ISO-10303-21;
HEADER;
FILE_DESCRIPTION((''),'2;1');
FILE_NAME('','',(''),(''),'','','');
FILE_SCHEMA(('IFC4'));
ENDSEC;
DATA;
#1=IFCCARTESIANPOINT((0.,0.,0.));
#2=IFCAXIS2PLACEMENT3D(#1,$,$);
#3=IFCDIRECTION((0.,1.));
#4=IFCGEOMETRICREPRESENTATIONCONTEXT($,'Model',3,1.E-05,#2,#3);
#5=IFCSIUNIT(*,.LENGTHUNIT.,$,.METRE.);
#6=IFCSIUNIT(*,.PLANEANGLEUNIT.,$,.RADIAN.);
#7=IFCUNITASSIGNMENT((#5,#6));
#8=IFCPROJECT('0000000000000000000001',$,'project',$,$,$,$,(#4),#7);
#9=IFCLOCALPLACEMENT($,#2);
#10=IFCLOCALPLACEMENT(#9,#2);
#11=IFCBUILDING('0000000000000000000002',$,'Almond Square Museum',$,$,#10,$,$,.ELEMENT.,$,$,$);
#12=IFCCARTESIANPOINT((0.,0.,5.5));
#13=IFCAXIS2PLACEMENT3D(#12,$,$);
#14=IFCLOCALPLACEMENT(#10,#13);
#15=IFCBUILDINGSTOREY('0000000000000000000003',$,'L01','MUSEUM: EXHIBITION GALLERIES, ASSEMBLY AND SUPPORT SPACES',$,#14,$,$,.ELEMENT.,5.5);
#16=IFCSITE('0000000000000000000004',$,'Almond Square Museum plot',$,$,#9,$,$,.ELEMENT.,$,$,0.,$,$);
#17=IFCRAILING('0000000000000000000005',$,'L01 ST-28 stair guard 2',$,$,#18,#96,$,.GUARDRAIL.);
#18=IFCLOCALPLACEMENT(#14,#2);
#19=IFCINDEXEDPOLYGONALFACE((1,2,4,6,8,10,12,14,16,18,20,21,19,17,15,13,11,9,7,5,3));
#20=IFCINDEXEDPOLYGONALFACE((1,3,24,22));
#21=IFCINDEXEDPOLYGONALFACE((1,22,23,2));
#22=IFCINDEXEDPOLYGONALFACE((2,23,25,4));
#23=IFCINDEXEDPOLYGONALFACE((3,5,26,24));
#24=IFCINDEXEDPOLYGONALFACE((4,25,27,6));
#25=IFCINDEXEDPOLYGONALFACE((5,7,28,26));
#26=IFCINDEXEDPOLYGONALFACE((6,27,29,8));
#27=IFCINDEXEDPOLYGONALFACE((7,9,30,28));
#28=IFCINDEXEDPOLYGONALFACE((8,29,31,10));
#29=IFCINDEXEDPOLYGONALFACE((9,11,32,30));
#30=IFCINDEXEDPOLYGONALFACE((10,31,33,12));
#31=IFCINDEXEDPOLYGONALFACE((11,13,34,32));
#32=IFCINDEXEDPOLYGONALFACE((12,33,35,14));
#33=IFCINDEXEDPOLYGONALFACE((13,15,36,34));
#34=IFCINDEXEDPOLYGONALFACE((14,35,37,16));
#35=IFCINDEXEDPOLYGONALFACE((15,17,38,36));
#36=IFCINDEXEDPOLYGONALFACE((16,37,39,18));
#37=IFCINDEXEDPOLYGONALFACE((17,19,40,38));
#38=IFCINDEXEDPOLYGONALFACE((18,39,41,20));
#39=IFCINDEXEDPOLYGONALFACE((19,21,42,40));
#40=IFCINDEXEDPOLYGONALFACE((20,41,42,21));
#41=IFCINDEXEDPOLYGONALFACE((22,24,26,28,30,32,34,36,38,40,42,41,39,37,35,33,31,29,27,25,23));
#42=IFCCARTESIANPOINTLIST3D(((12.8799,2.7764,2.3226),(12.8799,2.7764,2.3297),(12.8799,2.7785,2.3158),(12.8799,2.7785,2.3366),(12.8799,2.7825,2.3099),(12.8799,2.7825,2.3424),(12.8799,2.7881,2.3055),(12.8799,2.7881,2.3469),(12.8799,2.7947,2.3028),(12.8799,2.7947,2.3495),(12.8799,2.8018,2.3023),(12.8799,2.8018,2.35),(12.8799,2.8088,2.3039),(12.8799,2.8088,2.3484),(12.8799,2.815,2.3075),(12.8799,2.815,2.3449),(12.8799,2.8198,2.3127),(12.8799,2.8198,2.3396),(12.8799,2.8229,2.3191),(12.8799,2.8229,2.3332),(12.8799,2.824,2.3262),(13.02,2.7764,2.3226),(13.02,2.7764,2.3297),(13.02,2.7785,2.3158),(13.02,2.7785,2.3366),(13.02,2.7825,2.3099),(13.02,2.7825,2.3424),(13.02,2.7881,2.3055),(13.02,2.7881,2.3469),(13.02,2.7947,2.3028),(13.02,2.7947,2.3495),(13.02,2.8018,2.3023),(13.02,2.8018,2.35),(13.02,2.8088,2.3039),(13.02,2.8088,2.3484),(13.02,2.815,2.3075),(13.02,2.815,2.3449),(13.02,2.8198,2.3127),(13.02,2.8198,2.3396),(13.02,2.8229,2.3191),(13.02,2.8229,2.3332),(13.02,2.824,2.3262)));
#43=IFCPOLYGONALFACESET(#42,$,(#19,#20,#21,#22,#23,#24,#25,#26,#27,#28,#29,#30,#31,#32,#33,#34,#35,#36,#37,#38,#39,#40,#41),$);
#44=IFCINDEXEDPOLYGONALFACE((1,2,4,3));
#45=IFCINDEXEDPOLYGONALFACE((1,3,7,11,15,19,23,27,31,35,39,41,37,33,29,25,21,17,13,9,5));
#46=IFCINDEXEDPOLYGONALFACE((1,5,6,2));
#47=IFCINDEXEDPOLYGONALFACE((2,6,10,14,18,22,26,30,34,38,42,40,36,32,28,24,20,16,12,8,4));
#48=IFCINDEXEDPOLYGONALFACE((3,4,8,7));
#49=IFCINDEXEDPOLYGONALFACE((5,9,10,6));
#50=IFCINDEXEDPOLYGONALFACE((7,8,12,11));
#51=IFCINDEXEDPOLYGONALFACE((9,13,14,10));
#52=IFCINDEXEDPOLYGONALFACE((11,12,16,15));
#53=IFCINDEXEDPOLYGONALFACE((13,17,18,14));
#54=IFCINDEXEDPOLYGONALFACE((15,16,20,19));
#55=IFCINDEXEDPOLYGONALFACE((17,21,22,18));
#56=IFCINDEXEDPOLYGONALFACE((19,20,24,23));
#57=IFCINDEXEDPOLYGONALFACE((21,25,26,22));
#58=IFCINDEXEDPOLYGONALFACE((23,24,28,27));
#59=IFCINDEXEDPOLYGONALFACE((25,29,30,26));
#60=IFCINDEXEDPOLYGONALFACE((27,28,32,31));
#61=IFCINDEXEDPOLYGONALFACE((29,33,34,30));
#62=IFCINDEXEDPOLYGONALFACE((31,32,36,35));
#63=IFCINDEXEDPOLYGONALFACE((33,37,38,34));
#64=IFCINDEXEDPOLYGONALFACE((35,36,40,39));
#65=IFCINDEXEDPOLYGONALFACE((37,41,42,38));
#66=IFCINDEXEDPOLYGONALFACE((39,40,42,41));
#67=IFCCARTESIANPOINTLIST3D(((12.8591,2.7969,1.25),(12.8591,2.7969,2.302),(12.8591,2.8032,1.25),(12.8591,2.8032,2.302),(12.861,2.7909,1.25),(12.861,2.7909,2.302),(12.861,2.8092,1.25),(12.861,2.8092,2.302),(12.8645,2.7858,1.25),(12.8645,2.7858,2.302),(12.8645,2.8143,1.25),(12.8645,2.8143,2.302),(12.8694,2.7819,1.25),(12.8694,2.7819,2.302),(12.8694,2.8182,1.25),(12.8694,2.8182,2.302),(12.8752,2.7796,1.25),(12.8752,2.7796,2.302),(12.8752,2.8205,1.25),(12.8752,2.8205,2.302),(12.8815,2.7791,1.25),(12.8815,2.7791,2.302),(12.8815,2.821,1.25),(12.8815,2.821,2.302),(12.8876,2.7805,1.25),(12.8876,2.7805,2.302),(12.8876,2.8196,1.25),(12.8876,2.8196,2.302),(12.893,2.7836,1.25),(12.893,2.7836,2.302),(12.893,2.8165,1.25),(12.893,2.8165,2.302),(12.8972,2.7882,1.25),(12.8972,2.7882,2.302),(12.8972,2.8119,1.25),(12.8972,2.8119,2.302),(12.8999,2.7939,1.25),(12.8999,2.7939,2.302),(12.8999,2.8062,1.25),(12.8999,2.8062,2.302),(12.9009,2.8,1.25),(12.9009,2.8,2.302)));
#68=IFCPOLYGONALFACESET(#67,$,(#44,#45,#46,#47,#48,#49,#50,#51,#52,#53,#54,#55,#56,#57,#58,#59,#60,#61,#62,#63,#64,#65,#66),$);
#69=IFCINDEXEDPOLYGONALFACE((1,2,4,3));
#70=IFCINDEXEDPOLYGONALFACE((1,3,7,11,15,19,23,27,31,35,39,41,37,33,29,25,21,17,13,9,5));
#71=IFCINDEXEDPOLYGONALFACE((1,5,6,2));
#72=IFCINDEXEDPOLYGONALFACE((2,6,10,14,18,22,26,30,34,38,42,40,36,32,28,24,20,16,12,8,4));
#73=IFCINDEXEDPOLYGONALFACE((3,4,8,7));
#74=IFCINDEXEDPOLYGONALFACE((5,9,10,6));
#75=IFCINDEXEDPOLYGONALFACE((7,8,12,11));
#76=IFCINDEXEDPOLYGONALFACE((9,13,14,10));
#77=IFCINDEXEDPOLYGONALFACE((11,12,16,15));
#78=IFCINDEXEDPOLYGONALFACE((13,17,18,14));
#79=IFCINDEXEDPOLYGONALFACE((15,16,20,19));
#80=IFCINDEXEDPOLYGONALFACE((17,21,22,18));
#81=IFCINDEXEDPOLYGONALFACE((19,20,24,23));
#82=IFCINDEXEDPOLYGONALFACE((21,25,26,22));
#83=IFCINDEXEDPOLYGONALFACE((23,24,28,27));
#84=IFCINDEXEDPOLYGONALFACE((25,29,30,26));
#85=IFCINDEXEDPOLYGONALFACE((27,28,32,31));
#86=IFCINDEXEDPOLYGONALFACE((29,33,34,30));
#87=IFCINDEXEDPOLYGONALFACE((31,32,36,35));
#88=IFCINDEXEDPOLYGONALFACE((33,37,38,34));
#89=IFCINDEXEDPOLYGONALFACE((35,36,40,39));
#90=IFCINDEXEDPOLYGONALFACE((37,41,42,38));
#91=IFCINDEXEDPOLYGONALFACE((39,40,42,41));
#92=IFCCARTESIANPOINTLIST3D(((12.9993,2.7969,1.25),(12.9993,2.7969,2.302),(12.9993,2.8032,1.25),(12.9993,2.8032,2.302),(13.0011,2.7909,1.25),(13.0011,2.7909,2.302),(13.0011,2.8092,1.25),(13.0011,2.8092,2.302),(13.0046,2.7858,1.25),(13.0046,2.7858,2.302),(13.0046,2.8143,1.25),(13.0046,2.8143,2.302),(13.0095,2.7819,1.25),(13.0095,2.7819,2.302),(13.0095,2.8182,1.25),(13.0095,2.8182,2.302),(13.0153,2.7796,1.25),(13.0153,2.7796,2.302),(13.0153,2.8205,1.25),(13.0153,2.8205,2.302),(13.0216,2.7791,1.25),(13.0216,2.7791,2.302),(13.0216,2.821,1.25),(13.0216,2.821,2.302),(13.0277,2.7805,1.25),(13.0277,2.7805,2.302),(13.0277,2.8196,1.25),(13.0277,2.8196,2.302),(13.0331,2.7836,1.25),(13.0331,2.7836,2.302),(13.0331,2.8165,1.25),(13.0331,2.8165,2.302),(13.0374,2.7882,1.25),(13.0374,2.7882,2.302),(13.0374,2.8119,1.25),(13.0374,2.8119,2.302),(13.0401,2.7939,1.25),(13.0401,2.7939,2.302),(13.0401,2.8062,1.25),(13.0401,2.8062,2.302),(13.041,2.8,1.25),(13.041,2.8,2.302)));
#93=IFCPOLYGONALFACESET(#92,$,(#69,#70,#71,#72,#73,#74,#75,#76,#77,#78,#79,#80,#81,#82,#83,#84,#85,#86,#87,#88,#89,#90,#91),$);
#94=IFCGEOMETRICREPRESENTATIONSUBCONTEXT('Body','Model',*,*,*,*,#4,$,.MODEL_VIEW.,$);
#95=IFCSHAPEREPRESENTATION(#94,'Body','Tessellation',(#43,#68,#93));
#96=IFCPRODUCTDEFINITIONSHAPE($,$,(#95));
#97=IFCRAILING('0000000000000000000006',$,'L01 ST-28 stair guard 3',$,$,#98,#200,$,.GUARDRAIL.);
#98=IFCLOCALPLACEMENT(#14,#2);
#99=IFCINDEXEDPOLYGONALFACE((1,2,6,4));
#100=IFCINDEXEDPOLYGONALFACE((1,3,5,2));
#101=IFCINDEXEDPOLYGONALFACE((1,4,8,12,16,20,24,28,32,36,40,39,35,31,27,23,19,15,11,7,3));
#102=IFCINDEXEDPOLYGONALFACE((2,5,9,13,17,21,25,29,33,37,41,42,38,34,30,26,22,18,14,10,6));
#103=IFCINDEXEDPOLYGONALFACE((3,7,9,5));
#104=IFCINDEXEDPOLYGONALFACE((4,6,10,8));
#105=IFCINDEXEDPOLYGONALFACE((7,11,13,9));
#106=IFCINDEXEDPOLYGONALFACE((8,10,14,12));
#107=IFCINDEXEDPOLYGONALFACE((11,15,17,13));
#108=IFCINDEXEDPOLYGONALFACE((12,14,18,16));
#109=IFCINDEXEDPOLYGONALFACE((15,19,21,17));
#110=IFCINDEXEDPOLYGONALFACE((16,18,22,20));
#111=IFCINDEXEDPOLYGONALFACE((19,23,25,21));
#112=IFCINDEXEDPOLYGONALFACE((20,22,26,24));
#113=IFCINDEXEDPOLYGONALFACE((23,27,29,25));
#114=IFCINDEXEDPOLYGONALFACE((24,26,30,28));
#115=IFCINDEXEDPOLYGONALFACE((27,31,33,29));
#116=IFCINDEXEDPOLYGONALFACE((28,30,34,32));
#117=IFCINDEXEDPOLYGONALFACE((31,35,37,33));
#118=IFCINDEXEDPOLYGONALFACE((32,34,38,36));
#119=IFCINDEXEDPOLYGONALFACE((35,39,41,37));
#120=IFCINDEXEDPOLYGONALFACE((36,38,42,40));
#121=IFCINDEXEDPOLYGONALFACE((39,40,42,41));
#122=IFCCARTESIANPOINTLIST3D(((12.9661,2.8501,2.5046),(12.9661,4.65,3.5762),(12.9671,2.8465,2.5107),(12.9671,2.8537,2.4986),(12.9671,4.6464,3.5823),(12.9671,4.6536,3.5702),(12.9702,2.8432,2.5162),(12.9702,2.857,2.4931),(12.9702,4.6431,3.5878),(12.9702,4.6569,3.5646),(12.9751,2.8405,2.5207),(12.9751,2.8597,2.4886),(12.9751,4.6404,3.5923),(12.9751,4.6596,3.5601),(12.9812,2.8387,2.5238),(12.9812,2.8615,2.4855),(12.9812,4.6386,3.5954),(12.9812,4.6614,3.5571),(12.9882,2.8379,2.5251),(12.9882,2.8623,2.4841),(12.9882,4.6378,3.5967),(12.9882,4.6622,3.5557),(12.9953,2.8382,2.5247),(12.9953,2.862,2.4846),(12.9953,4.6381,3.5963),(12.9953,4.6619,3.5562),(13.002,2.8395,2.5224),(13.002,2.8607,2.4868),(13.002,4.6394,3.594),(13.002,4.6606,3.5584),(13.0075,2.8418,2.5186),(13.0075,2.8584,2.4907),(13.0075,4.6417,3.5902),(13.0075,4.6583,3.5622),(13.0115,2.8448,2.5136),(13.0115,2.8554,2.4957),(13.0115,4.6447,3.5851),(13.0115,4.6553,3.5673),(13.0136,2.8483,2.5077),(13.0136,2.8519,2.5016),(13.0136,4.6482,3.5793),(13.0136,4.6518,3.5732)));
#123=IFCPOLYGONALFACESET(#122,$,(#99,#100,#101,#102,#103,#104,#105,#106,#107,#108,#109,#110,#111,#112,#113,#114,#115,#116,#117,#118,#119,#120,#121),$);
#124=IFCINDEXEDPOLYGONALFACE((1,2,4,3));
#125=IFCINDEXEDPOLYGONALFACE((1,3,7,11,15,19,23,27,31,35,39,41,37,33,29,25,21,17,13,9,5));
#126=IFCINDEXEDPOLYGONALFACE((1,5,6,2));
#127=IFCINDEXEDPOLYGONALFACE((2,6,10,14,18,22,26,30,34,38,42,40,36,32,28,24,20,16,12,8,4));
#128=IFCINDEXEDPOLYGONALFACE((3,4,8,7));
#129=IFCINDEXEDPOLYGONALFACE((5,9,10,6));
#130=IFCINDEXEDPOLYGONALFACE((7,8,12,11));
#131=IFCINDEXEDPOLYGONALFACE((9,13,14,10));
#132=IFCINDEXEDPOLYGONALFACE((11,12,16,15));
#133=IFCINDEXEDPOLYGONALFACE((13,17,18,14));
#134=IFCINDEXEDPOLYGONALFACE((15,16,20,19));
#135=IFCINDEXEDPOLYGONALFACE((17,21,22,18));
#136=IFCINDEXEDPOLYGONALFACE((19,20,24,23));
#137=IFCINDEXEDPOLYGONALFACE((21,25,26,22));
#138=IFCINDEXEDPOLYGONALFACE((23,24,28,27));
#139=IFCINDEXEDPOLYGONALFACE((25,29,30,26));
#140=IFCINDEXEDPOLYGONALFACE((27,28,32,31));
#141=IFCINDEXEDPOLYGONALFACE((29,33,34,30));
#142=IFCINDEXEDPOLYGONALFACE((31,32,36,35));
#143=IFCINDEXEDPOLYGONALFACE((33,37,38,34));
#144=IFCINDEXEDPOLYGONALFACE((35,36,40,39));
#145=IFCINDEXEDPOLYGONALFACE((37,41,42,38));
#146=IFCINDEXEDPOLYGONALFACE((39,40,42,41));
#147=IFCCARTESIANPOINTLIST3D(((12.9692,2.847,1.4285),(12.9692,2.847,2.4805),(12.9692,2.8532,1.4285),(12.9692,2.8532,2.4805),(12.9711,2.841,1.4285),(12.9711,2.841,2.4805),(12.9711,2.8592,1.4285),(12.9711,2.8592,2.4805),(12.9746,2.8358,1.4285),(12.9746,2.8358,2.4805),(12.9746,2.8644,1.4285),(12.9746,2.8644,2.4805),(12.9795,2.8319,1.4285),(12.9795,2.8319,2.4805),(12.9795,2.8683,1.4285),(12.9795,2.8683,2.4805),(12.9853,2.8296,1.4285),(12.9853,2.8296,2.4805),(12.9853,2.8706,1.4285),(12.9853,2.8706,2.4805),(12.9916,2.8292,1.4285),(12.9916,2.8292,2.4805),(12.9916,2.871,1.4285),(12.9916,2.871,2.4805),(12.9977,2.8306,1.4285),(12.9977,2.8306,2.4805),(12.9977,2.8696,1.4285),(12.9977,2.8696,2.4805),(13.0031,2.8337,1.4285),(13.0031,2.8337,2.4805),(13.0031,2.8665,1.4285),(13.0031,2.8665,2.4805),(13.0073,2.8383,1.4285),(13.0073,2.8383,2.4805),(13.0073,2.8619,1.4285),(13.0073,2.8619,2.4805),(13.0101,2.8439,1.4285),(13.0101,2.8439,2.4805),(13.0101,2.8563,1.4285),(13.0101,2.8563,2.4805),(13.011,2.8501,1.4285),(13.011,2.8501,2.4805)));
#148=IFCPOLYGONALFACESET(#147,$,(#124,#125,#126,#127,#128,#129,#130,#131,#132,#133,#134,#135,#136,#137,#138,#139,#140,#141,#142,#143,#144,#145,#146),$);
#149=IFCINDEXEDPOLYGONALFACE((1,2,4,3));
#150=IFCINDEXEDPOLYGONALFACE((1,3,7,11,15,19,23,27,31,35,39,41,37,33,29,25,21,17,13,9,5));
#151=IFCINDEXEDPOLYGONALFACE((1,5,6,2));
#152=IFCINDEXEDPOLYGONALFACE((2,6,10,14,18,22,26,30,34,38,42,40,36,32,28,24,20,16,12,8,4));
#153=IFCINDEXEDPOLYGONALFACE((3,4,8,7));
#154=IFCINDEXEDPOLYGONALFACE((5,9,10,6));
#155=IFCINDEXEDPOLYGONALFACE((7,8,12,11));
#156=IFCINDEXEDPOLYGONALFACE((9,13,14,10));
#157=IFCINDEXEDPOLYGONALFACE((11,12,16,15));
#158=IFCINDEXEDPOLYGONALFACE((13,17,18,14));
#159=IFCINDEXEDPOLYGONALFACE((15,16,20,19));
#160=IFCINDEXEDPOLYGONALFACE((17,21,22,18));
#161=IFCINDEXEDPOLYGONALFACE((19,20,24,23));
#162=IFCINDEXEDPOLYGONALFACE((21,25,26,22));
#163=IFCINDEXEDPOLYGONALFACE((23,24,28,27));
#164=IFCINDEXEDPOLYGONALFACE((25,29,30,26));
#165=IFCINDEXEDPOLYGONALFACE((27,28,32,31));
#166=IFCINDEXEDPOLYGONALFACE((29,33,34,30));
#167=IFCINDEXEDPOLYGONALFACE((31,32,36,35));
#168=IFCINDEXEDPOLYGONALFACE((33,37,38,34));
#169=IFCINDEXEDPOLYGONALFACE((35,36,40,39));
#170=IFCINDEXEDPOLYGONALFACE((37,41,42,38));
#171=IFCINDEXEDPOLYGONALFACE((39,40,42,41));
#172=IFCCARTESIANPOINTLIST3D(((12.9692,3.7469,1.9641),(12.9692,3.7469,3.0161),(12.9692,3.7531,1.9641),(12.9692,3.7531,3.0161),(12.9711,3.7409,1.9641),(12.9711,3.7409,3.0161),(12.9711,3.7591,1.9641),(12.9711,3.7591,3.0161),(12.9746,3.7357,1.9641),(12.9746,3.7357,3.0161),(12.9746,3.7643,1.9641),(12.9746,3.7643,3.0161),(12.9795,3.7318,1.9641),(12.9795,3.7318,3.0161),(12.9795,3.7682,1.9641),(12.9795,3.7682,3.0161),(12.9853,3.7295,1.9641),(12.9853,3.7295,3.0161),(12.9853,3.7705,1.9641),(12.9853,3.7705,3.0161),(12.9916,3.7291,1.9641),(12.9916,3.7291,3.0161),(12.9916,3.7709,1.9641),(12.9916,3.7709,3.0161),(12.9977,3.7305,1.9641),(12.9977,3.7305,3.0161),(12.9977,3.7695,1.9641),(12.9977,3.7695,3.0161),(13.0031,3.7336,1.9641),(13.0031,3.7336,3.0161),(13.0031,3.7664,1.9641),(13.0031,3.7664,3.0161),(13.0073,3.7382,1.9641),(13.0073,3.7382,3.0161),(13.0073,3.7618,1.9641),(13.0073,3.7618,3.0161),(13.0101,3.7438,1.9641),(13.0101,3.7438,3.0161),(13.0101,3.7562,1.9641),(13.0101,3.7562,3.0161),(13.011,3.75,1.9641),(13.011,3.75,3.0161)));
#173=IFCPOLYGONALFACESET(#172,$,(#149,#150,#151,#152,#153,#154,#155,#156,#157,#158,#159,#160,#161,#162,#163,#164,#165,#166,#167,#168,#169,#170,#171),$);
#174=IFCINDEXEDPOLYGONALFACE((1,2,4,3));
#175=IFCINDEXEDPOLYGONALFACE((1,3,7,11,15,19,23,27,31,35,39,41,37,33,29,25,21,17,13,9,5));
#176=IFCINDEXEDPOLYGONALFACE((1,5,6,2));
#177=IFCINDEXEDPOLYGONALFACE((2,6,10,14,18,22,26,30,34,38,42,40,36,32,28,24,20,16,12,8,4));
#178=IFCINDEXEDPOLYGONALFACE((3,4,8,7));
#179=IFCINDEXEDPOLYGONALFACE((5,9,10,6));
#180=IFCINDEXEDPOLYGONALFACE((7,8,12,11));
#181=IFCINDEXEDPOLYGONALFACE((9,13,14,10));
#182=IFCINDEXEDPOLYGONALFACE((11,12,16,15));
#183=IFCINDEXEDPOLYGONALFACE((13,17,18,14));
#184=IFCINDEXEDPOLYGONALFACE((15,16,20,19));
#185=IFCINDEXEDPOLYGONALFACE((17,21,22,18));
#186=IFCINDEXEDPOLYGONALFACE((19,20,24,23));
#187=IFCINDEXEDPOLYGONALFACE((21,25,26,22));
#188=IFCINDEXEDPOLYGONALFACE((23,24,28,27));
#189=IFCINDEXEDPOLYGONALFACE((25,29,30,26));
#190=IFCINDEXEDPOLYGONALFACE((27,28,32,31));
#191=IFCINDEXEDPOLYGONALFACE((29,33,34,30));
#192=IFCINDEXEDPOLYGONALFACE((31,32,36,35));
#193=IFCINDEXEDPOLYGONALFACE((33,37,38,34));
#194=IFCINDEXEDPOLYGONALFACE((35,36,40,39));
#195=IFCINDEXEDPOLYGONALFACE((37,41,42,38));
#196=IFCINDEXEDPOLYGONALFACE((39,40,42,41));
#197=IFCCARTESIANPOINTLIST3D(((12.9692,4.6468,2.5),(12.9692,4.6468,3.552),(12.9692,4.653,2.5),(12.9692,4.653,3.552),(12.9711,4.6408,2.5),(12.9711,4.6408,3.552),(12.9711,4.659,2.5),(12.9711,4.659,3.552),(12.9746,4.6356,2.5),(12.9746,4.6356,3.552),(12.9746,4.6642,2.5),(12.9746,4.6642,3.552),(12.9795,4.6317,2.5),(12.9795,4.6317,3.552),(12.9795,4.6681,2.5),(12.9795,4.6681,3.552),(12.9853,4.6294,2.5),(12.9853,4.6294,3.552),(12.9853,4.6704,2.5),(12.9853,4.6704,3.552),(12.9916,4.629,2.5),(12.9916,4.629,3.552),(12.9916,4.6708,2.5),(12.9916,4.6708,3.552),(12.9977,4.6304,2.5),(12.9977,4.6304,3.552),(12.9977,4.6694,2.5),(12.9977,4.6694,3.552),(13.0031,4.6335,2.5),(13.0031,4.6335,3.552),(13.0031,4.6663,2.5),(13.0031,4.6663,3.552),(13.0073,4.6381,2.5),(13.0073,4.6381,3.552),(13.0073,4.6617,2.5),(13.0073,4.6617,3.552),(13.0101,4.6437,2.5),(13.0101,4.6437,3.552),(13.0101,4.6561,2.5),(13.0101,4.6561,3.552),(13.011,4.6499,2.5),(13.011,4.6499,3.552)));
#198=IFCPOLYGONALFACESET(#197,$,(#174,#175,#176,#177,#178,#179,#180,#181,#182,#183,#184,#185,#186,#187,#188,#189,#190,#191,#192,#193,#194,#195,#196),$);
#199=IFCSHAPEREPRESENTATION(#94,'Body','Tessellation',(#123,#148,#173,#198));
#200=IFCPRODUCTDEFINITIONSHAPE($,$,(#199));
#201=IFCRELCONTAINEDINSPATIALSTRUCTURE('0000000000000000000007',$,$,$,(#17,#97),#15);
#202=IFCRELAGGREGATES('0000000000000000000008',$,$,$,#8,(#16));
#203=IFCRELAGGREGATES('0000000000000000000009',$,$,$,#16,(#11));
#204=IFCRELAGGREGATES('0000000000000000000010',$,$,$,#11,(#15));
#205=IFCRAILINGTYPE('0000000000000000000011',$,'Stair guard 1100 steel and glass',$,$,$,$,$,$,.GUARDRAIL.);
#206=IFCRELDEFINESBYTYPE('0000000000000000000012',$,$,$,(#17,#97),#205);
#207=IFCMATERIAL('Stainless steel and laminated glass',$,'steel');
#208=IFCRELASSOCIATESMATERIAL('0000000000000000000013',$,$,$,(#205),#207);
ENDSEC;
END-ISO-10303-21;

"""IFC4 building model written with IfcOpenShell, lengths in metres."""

from ifc_helpers import new_model, si_unit, direction, frame, origin, origin_2d, place, context, subcontext, project, spatial, circle, extrude, material, type_object, element, save


model = new_model("IFC4")

# Units and contexts
model_context = context("Model", 3, precision=1e-05, world=origin(), true_north=direction((0.0, 1.0)))
body_context = subcontext(model_context, "Body", "Model", "MODEL_VIEW")
ifc_project = project(units=[si_unit("LENGTHUNIT", "METRE"), si_unit("PLANEANGLEUNIT", "RADIAN")], contexts=[model_context])

# Site, building, storey
site_placement = place(None, origin())
site = spatial("IfcSite", under=ifc_project, at=site_placement, Name="Almond Square Museum plot", CompositionType="ELEMENT", RefElevation=0.0)
building_placement = place(site_placement, origin())
building = spatial("IfcBuilding", under=site, at=building_placement, Name="Almond Square Museum", CompositionType="ELEMENT")
storey_placement = place(building_placement, frame((0.0, 0.0, 5.5)))
storey = spatial("IfcBuildingStorey", under=building, at=storey_placement, Name="L01", Description="MUSEUM: EXHIBITION GALLERIES, ASSEMBLY AND SUPPORT SPACES", CompositionType="ELEMENT", Elevation=5.5)

# Railings
ifc_material_1 = material(Name="Stainless steel and laminated glass", Category="steel")
railing_type_1 = type_object("IfcRailingType", Name="Stair guard 1100 steel and glass", PredefinedType="GUARDRAIL", material=ifc_material_1)
railing_1_placement = place(storey_placement, frame((12.8799, 2.8, 1.25)))
element("IfcRailing", 1, at=railing_1_placement, inside=storey, type_object=railing_type_1, Name="L01 ST-28 stair guard 2", PredefinedType="GUARDRAIL", context=body_context, shape_type="SweptSolid", body=[
    extrude(circle(Radius=0.0239, at=origin_2d()), frame((0.0, 0.0, 1.0762), z_axis=(1.0, 0.0, 0.0), x_axis=(0.0, 1.0, 0.0)), (0.0, 0.0, 1.0), 0.1401),
    extrude(circle(Radius=0.021, at=origin_2d()), origin(), (0.0, 0.0, 1.0), 1.052),
    extrude(circle(Radius=0.021, at=origin_2d()), frame((0.1401, 0.0, 0.0)), (0.0, 0.0, 1.0), 1.052),
])
railing_2_placement = place(storey_placement, frame((12.99, 2.8501, 1.4285)))
element("IfcRailing", 2, at=railing_2_placement, inside=storey, type_object=railing_type_1, Name="L01 ST-28 stair guard 3", PredefinedType="GUARDRAIL", context=body_context, shape_type="SweptSolid", body=[
    extrude(circle(Radius=0.0239, at=origin_2d()), frame((0.0, 0.0, 1.0762), z_axis=(0.0, 0.859247, 0.511562), x_axis=(-1.0, 0.0, 0.0)), (0.0, 0.0, 1.0), 2.0947),
    extrude(circle(Radius=0.021, at=origin_2d()), origin(), (0.0, 0.0, 1.0), 1.052),
    extrude(circle(Radius=0.021, at=origin_2d()), frame((0.0, 0.8999, 0.5356)), (0.0, 0.0, 1.0), 1.052),
    extrude(circle(Radius=0.021, at=origin_2d()), frame((0.0, 1.7998, 1.0715)), (0.0, 0.0, 1.0), 1.052),
])

save(model, "model.ifc")
